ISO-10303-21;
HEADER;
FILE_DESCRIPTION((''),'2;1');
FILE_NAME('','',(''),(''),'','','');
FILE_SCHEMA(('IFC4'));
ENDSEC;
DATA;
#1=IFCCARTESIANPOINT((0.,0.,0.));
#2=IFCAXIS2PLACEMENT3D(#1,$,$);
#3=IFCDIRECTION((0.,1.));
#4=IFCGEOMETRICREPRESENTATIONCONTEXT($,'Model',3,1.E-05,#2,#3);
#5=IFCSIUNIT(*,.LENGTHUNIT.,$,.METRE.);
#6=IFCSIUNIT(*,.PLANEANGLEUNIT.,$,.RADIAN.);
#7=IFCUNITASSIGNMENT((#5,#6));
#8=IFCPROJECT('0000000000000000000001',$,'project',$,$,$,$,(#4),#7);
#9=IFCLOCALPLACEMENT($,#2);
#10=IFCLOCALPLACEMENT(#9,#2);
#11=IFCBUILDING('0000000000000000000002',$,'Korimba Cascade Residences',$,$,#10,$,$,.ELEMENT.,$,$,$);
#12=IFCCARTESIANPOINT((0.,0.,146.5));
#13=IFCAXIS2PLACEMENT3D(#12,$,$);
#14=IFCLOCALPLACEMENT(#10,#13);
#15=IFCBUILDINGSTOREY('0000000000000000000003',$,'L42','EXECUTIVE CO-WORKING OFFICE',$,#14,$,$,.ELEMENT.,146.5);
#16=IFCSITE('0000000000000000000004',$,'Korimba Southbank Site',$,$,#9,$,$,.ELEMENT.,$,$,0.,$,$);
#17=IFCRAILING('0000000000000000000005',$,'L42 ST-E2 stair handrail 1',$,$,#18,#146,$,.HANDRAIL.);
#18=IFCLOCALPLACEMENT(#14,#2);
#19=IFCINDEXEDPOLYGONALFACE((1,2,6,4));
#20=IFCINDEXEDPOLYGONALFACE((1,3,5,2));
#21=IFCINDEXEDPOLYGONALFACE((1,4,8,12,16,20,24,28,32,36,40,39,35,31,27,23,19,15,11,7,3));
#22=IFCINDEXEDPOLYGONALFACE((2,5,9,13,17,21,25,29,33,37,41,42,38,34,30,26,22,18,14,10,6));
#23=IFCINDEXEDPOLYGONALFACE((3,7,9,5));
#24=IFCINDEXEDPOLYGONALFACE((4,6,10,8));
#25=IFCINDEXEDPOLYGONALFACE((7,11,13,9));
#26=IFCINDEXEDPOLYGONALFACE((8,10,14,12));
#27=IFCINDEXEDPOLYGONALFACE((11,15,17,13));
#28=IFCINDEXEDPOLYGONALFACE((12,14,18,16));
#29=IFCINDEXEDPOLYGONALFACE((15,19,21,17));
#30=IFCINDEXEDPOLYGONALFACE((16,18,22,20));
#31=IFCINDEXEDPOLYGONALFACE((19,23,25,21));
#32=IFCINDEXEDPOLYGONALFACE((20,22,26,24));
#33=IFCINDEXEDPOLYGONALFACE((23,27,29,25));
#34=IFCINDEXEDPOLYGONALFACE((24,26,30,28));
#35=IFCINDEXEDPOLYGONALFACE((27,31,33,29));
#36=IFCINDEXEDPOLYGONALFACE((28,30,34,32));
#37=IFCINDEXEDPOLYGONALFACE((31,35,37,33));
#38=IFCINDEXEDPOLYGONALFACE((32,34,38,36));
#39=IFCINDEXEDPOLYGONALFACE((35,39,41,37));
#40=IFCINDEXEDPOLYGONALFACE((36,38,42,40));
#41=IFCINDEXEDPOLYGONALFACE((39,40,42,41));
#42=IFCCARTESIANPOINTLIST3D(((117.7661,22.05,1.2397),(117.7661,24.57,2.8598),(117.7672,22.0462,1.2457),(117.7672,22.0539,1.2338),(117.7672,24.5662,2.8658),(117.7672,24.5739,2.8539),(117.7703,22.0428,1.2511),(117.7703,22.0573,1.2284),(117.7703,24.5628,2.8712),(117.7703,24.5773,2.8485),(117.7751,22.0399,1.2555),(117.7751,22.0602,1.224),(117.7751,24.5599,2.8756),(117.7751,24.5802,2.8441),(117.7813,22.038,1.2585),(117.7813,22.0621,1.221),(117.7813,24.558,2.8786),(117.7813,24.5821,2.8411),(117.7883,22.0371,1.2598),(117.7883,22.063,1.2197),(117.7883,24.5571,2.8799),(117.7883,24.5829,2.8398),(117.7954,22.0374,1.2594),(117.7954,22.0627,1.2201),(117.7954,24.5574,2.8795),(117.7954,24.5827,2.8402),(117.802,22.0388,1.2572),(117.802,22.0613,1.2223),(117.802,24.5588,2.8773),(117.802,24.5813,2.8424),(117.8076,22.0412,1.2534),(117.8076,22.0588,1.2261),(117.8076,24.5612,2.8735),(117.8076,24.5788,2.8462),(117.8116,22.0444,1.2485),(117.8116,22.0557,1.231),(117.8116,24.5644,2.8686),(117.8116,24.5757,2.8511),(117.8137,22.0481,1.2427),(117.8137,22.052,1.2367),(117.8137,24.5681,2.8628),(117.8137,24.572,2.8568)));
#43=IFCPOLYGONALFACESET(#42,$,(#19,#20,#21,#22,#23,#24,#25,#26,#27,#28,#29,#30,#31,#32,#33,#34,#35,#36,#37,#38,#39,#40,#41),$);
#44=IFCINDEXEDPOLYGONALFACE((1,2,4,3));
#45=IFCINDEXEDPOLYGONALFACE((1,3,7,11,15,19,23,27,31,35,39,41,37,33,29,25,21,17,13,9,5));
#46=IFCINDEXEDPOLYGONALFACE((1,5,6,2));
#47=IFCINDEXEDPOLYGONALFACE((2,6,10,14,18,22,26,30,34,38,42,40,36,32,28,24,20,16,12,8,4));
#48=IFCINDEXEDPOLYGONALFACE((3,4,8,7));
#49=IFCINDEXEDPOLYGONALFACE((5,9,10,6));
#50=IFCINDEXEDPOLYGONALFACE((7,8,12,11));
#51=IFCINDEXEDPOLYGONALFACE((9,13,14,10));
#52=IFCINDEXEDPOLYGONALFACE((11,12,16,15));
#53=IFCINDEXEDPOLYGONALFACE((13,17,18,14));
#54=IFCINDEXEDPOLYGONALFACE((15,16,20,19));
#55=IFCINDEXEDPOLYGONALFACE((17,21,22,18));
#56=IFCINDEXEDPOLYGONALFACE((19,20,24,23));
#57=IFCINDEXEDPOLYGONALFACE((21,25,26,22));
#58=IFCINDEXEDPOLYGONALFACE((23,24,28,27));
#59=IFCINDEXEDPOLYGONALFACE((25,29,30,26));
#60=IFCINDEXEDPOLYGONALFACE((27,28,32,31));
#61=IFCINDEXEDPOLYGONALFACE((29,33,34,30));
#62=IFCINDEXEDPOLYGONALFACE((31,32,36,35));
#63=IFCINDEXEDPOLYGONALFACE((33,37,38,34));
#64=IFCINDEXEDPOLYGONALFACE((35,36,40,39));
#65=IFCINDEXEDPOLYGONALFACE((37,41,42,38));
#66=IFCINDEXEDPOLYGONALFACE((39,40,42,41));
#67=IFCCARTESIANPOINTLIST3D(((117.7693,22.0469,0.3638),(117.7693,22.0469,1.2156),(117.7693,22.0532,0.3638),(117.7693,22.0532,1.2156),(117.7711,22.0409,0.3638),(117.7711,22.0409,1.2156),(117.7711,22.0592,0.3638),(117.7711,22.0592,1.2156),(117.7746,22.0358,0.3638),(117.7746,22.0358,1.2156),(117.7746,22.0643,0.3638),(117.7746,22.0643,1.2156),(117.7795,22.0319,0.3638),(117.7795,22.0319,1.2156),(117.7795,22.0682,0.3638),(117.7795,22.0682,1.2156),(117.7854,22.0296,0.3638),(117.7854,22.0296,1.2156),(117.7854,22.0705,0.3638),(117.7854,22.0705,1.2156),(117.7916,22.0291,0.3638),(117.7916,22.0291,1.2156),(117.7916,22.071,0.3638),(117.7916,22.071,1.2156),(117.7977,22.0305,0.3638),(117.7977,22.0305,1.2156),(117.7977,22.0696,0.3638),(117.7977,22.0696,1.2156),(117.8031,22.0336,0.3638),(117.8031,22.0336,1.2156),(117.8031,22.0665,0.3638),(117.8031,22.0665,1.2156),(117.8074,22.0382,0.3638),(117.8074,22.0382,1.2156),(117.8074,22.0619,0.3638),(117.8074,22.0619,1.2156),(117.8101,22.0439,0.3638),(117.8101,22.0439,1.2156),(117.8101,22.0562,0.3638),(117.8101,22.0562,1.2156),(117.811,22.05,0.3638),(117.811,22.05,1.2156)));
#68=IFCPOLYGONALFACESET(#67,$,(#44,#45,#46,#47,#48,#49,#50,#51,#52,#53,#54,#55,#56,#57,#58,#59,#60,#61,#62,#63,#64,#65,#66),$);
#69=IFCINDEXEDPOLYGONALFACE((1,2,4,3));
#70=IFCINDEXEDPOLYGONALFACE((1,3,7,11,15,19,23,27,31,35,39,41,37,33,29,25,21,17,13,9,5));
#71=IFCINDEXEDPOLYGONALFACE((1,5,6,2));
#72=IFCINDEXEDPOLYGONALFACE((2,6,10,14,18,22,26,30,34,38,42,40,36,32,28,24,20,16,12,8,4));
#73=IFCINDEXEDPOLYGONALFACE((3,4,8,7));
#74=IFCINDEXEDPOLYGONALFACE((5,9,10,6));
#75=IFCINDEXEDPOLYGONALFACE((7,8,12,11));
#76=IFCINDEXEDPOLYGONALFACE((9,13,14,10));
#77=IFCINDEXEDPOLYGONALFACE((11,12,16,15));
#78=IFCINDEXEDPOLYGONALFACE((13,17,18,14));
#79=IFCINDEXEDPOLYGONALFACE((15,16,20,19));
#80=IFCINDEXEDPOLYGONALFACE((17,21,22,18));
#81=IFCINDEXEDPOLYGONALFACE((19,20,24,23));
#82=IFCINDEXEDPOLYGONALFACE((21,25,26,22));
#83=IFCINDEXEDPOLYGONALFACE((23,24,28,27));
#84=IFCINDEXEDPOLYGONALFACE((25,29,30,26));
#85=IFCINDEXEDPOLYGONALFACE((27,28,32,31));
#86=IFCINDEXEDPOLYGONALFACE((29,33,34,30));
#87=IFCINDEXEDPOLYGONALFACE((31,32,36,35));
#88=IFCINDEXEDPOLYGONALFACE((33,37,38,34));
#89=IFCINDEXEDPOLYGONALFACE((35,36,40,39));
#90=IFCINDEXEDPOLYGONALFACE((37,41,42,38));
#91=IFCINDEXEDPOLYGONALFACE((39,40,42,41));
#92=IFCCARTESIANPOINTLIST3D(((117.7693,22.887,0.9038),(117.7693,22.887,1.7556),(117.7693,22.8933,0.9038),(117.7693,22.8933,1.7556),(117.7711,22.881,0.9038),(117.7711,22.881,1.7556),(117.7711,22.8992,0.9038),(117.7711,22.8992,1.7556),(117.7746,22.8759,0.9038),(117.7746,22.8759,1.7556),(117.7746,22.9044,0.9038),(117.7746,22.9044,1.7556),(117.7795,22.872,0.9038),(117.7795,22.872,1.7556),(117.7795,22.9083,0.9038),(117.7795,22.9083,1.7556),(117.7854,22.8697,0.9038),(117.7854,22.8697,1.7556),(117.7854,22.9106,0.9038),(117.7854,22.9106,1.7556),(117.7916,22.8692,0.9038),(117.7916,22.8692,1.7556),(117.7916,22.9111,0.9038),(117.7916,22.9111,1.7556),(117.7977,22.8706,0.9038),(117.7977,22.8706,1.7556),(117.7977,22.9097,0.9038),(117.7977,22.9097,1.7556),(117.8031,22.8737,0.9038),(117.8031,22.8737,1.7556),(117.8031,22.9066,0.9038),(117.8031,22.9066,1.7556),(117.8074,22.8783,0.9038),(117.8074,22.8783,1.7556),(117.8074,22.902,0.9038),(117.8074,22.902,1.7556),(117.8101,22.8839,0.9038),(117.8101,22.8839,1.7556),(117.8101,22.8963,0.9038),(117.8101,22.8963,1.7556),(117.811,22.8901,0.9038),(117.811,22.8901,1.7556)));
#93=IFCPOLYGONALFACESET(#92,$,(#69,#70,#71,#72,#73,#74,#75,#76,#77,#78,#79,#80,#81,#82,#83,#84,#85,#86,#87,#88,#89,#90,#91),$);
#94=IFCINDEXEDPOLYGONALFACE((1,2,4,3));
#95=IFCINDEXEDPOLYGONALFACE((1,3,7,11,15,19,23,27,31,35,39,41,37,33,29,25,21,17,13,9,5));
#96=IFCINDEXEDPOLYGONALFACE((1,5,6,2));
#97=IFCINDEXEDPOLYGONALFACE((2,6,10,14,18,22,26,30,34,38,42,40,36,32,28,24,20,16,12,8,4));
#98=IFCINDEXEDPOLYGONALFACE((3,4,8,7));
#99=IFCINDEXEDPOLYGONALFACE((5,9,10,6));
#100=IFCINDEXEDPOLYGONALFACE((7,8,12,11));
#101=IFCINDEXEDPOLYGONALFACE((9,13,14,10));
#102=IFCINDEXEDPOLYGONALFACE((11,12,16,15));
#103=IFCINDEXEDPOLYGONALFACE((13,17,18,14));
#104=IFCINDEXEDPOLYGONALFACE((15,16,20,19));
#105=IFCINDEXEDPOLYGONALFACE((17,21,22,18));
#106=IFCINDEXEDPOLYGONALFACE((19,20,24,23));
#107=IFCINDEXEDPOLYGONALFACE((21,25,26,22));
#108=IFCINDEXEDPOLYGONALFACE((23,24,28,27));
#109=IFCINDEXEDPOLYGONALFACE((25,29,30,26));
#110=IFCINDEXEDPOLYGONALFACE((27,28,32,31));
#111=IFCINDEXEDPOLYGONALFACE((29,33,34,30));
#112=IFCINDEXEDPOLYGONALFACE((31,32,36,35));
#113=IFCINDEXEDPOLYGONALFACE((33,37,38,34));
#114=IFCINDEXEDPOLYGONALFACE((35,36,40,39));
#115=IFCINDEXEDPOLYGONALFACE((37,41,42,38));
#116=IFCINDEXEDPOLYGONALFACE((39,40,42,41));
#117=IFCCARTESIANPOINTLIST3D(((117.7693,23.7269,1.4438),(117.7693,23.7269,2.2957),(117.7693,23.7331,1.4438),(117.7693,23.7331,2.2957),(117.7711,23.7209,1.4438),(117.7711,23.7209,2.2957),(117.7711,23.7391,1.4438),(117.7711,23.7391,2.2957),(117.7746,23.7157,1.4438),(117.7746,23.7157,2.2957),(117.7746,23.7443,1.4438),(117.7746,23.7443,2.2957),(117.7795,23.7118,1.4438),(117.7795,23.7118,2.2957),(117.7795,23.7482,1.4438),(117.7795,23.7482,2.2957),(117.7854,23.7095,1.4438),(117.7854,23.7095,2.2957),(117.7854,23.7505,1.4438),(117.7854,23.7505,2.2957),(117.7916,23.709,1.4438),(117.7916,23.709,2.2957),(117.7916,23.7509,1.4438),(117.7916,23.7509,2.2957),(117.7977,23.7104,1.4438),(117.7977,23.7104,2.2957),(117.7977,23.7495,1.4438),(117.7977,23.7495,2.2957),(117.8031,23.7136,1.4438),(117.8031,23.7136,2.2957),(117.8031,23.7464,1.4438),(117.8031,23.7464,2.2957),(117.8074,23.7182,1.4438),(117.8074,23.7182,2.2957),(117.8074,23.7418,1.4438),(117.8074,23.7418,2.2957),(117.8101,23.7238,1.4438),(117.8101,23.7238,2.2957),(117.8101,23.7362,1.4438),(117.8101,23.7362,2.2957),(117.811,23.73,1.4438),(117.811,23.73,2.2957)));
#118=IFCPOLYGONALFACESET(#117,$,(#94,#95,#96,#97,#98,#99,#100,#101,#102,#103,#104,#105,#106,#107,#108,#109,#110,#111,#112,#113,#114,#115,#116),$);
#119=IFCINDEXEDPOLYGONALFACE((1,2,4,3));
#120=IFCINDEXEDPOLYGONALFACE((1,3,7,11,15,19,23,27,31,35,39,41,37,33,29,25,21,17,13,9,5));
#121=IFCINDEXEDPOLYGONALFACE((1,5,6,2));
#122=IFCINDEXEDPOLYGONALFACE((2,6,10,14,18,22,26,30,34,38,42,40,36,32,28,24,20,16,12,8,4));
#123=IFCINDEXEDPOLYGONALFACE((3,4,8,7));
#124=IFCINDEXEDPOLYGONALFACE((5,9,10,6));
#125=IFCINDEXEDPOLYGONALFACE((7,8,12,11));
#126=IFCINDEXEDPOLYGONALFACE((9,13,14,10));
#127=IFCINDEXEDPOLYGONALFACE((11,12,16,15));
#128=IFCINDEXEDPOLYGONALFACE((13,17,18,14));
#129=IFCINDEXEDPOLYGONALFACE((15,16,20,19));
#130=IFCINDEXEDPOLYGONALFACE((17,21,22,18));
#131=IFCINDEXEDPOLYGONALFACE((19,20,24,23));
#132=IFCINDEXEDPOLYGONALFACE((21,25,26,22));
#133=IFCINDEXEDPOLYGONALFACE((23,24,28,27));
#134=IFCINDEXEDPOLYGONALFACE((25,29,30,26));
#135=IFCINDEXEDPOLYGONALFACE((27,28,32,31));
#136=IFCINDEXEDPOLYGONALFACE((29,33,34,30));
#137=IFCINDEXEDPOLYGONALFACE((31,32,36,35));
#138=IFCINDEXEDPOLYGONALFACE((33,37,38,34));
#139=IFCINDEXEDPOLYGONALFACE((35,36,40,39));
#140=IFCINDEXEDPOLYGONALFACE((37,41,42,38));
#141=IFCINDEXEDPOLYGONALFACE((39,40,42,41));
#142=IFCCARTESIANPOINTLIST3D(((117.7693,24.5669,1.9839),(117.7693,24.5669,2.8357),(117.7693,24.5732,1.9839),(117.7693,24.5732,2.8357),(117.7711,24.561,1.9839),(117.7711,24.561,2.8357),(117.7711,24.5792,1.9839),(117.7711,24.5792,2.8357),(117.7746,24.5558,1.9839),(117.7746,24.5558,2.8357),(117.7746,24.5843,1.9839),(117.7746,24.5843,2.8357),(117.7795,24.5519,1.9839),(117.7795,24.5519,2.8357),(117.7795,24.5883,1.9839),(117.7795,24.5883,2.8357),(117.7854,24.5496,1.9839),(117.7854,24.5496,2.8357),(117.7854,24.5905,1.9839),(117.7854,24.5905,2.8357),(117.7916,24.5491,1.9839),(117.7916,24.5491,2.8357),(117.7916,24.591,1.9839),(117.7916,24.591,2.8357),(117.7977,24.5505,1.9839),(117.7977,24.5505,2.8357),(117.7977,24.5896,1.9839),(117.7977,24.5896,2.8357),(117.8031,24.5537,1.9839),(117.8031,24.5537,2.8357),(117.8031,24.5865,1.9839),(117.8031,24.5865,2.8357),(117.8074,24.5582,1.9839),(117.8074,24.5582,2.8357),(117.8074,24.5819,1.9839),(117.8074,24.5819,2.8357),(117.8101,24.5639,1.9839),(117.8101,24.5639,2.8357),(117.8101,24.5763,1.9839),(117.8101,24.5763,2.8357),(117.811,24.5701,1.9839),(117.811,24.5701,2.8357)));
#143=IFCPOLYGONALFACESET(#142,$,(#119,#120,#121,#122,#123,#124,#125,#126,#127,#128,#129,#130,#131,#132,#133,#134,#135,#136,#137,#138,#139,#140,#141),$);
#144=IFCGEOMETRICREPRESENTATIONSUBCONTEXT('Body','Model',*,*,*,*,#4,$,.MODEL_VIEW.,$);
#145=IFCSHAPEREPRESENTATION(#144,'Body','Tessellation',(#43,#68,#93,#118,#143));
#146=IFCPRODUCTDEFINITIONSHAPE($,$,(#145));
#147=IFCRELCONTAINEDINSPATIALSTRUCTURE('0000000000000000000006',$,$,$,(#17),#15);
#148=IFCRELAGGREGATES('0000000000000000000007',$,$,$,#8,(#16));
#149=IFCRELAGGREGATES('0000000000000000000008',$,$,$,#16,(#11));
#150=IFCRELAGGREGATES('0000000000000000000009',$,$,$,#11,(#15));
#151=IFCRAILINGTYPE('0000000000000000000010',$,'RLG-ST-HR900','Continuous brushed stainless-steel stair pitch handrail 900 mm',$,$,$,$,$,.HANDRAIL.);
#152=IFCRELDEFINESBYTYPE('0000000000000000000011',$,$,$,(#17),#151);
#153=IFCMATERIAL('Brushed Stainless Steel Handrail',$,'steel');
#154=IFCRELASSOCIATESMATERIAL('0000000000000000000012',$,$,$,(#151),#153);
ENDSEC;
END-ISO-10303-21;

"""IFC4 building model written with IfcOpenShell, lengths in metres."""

from ifc_helpers import new_model, si_unit, direction, frame, origin, origin_2d, place, context, subcontext, project, spatial, circle, extrude, material, type_object, element, save


model = new_model("IFC4")

# Units and contexts
model_context = context("Model", 3, precision=1e-05, world=origin(), true_north=direction((0.0, 1.0)))
body_context = subcontext(model_context, "Body", "Model", "MODEL_VIEW")
ifc_project = project(units=[si_unit("LENGTHUNIT", "METRE"), si_unit("PLANEANGLEUNIT", "RADIAN")], contexts=[model_context])

# Site, building, storey
site_placement = place(None, origin())
site = spatial("IfcSite", under=ifc_project, at=site_placement, Name="Korimba Southbank Site", CompositionType="ELEMENT", RefElevation=0.0)
building_placement = place(site_placement, origin())
building = spatial("IfcBuilding", under=site, at=building_placement, Name="Korimba Cascade Residences", CompositionType="ELEMENT")
storey_placement = place(building_placement, frame((0.0, 0.0, 146.5)))
storey = spatial("IfcBuildingStorey", under=building, at=storey_placement, Name="L42", Description="EXECUTIVE CO-WORKING OFFICE", CompositionType="ELEMENT", Elevation=146.5)

# Railing
ifc_material_1 = material(Name="Brushed Stainless Steel Handrail", Category="steel")
railing_type_1 = type_object("IfcRailingType", Name="RLG-ST-HR900", Description="Continuous brushed stainless-steel stair pitch handrail 900 mm", PredefinedType="HANDRAIL", material=ifc_material_1)
railing_1_placement = place(storey_placement, frame((117.79, 22.05, 0.3638)))
element("IfcRailing", 1, at=railing_1_placement, inside=storey, type_object=railing_type_1, Name="L42 ST-E2 stair handrail 1", PredefinedType="HANDRAIL", context=body_context, shape_type="SweptSolid", body=[
    extrude(circle(Radius=0.0239, at=origin_2d()), frame((0.0, 0.0, 0.876), z_axis=(0.0, 0.841163, 0.540782), x_axis=(-1.0, 0.0, 0.0)), (0.0, 0.0, 1.0), 2.9958),
    extrude(circle(Radius=0.021, at=origin_2d()), origin(), (0.0, 0.0, 1.0), 0.8518),
    extrude(circle(Radius=0.021, at=origin_2d()), frame((0.0, 0.8401, 0.54)), (0.0, 0.0, 1.0), 0.8518),
    extrude(circle(Radius=0.021, at=origin_2d()), frame((0.0, 1.6799, 1.0801)), (0.0, 0.0, 1.0), 0.8518),
    extrude(circle(Radius=0.021, at=origin_2d()), frame((0.0, 2.52, 1.6201)), (0.0, 0.0, 1.0), 0.8518),
])

save(model, "model.ifc")
